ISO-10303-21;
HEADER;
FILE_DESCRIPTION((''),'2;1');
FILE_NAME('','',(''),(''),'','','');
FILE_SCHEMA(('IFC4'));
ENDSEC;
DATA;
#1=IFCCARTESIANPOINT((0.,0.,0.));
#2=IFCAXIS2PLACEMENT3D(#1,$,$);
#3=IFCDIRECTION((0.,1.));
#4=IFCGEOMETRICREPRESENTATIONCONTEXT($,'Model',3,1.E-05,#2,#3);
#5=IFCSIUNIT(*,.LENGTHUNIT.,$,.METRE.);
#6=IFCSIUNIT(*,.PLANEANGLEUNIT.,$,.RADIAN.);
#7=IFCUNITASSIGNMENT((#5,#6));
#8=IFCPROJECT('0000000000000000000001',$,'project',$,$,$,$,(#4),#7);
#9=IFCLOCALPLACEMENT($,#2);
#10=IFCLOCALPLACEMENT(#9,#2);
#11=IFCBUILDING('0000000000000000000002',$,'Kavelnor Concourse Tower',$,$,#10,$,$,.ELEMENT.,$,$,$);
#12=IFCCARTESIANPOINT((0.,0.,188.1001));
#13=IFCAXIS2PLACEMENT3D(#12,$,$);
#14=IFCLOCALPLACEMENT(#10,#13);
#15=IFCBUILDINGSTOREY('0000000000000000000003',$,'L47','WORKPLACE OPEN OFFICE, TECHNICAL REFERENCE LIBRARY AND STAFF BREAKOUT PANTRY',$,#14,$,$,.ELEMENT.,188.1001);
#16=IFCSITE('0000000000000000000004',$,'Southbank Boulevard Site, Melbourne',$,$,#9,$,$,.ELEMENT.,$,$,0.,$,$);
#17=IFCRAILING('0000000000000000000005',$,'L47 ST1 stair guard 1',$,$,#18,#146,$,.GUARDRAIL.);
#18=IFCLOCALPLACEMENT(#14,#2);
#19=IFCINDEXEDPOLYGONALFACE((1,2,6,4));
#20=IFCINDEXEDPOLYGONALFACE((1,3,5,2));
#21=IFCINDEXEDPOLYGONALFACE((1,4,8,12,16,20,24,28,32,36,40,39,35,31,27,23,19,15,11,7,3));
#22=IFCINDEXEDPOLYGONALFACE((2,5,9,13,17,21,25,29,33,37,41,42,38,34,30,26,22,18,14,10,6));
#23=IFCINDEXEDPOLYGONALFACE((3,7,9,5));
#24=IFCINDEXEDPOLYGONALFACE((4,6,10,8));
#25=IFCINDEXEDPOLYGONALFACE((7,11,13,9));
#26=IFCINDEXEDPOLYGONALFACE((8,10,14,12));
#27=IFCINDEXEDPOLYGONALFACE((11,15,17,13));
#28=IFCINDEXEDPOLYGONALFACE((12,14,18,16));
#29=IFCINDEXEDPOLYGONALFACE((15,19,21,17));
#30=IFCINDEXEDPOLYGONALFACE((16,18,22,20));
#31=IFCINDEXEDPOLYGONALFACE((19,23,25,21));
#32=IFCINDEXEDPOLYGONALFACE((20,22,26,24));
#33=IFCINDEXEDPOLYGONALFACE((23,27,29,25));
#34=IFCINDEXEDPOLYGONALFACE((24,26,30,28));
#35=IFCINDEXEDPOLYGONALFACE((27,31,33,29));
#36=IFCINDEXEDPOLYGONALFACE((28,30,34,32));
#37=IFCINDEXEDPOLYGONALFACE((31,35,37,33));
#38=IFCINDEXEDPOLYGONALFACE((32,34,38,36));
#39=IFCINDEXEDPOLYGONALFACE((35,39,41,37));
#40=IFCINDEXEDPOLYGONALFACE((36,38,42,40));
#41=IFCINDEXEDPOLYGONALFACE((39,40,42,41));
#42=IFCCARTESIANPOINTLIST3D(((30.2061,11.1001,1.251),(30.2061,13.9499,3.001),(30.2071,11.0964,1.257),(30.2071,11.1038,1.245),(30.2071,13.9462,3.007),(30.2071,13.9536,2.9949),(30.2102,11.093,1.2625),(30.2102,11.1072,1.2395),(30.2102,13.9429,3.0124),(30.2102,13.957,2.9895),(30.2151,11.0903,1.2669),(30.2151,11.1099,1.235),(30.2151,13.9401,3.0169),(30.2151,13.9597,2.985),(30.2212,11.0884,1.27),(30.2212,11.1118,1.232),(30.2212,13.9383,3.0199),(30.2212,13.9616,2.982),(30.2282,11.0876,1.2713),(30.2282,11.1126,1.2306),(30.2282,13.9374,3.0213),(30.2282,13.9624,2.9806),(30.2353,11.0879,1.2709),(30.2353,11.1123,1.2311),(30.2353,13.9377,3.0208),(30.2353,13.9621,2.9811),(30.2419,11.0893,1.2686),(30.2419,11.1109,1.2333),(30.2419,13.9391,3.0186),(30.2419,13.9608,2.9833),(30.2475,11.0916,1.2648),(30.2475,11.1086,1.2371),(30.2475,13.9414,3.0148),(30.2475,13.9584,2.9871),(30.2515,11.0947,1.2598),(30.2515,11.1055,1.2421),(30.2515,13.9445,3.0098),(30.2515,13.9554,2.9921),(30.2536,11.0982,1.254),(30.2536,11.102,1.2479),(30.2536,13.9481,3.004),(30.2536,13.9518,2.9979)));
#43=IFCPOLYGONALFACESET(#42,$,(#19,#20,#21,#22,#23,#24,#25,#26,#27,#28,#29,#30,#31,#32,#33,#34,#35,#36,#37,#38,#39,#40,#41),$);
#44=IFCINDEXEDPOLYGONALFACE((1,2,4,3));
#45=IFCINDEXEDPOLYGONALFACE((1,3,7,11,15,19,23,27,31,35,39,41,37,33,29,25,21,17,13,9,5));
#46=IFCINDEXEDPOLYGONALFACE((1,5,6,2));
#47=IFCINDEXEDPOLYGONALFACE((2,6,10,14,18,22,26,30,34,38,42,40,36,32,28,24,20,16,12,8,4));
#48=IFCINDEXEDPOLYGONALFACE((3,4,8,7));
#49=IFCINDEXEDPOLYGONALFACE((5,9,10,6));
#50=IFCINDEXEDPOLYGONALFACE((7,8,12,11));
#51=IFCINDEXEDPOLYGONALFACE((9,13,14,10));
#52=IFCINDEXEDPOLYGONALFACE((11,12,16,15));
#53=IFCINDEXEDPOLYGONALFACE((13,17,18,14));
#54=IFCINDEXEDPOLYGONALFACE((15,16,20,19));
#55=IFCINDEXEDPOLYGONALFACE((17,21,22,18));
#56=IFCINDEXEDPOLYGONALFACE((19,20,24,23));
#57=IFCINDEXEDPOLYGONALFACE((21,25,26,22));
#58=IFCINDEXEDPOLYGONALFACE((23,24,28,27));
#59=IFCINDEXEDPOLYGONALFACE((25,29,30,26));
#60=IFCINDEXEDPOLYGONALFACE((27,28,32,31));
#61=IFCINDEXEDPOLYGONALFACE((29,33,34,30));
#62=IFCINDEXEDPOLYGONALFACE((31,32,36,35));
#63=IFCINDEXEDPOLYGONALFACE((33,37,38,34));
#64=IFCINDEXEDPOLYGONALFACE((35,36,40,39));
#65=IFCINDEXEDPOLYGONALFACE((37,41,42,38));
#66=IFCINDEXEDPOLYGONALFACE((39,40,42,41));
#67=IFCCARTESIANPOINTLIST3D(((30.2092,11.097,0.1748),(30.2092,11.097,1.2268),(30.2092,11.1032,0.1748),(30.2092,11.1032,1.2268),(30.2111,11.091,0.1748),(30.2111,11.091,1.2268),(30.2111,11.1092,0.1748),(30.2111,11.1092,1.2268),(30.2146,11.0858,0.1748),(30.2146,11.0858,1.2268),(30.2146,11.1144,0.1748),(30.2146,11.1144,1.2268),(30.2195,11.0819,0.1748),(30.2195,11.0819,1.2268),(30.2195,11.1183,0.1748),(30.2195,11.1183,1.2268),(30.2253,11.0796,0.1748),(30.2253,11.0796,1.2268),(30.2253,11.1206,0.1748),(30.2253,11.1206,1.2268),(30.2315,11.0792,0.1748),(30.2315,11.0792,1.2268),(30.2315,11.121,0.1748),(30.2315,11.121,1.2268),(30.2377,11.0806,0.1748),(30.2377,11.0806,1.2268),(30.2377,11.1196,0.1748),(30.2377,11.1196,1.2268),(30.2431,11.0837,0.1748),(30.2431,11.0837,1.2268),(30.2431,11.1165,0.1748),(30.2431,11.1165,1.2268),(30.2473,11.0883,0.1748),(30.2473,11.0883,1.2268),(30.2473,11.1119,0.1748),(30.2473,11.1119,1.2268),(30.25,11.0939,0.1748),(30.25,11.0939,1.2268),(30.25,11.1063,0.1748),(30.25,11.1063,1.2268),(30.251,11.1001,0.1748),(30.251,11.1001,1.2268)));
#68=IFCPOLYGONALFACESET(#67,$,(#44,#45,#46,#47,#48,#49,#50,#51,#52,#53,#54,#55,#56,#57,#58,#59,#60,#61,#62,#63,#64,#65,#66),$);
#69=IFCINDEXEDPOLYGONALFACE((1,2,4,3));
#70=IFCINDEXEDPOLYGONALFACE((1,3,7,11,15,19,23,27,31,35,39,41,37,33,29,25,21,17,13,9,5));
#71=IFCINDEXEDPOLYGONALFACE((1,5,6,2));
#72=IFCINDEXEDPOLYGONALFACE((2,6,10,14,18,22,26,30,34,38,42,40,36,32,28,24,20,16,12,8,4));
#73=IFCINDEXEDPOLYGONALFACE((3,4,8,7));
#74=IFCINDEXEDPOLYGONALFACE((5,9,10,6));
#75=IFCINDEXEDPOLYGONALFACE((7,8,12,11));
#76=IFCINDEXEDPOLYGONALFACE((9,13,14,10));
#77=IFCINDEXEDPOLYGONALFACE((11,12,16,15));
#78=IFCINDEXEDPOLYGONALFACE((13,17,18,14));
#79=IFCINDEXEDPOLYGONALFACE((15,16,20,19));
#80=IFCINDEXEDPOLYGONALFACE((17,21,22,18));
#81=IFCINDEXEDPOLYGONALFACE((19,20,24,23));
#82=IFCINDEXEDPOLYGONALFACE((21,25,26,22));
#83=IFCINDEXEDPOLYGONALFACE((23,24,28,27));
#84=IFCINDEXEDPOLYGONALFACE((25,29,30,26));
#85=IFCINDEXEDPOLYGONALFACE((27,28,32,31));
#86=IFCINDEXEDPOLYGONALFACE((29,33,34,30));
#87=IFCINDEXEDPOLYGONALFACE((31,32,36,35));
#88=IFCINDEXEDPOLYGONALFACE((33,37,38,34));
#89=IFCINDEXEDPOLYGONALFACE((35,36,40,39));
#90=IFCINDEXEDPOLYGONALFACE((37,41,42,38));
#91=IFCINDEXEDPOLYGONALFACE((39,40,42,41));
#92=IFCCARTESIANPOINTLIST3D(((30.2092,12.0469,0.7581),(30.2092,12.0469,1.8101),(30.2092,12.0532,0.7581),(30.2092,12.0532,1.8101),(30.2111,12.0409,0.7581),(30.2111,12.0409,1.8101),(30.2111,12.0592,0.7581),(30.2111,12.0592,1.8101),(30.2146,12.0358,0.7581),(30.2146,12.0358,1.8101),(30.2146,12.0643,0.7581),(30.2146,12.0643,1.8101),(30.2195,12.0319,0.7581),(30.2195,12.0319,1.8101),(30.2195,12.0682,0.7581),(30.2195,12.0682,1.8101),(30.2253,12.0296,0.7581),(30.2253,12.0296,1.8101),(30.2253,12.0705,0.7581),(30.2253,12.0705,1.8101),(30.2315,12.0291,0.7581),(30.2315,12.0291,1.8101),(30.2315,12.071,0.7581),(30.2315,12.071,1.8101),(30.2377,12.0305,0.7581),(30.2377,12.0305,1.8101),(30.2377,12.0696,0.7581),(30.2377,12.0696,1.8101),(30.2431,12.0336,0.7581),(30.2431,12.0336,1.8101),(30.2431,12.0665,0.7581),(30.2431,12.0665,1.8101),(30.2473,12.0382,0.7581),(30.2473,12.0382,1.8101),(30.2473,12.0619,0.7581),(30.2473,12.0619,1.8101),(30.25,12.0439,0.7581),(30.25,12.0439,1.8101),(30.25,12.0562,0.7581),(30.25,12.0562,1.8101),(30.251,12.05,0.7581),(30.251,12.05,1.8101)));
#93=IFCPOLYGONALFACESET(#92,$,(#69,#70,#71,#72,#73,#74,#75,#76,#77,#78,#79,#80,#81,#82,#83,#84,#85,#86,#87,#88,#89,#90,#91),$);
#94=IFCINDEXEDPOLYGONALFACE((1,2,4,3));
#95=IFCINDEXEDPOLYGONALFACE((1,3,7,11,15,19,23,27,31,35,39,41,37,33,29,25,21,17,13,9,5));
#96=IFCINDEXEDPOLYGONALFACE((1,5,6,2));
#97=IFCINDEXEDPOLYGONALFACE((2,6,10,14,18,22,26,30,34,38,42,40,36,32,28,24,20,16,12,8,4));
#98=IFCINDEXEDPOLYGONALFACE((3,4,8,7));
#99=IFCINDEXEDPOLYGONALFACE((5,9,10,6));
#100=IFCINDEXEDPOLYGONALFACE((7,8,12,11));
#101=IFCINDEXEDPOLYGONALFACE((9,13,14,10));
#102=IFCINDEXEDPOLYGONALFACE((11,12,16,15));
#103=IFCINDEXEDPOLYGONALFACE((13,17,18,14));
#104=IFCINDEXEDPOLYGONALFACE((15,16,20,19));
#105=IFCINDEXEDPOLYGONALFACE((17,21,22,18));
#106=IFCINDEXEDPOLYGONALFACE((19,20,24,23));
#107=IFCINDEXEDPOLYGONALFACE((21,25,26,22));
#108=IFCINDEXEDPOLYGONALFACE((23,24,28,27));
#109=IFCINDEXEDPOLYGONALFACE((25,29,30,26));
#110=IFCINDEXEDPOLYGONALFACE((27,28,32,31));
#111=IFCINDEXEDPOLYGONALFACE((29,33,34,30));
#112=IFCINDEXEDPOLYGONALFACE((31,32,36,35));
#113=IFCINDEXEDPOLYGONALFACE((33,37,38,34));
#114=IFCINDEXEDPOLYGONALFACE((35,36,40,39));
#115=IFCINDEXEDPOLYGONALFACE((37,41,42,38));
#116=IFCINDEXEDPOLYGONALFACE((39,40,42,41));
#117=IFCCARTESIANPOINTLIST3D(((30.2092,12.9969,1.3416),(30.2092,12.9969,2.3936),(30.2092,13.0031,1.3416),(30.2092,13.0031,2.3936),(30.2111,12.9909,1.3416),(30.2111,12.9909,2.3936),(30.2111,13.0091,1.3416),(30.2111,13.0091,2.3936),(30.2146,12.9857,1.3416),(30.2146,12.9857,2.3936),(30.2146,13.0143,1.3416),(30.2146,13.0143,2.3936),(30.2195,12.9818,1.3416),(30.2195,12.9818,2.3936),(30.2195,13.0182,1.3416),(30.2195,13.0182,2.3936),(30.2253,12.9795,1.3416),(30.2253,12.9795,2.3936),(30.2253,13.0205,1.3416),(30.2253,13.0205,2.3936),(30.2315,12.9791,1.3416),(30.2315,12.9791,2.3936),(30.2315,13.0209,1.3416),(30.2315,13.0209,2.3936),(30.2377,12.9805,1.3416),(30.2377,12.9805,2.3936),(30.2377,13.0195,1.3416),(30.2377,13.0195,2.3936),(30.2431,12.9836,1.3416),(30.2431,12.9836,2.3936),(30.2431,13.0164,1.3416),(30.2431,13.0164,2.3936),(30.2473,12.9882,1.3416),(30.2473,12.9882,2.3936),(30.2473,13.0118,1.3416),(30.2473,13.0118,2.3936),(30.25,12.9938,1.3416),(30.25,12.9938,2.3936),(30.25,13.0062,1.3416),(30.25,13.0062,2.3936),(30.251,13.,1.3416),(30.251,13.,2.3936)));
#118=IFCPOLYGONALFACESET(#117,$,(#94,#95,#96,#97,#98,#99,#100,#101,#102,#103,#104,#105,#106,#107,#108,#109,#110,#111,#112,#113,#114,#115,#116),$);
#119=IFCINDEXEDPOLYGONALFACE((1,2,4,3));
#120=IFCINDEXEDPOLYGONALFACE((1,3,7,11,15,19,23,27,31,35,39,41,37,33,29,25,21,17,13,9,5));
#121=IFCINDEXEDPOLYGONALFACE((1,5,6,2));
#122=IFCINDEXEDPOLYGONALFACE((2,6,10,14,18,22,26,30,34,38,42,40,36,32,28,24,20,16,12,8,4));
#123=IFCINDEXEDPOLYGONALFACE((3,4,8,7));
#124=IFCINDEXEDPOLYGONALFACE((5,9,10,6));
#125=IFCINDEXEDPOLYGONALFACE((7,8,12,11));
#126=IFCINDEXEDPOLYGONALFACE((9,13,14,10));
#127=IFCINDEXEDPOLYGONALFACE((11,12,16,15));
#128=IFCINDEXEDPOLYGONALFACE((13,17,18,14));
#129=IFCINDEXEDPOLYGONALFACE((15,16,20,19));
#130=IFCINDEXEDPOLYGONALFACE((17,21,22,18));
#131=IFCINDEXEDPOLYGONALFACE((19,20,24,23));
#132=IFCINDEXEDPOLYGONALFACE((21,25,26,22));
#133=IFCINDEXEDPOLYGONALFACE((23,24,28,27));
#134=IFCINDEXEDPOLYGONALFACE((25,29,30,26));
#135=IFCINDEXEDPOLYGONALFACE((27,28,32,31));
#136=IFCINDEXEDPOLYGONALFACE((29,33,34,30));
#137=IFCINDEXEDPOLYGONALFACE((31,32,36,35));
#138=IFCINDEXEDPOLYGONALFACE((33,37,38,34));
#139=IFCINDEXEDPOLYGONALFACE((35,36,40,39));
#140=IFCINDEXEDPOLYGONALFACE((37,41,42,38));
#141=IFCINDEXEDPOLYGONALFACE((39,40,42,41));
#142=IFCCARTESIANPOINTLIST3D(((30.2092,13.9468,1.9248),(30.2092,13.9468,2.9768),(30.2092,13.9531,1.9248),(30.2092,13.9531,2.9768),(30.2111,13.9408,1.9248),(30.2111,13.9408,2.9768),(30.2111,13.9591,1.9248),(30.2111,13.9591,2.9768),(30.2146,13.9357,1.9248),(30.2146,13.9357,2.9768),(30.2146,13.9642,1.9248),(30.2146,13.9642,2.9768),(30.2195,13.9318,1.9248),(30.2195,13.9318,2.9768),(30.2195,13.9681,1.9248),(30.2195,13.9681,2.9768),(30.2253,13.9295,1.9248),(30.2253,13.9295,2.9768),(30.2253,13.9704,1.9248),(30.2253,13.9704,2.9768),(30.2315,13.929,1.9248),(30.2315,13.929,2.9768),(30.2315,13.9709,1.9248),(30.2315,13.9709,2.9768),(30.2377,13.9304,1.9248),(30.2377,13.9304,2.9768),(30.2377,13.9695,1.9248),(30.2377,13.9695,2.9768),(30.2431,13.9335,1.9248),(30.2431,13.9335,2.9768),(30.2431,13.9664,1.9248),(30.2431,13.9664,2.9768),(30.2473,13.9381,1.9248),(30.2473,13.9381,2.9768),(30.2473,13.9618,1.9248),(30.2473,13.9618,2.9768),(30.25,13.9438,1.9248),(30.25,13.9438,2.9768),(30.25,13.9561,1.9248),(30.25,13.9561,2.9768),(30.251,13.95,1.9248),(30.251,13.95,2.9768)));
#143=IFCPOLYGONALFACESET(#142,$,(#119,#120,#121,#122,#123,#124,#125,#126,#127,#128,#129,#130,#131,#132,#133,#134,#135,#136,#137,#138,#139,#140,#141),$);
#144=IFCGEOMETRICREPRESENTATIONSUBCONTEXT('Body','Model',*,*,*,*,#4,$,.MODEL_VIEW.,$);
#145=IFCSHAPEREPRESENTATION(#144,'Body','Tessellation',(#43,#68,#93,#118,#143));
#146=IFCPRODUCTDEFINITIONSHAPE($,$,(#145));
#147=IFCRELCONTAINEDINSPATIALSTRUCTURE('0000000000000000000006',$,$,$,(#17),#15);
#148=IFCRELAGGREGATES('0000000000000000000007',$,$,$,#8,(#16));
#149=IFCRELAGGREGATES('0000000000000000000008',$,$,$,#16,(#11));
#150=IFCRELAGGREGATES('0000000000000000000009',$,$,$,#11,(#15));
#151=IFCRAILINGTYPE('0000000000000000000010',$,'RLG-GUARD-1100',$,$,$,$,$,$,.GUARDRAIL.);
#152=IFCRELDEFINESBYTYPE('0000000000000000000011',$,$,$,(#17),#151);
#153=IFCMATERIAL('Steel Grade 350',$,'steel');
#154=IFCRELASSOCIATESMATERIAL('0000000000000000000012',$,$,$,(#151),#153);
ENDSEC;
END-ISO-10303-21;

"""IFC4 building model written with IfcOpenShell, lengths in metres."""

from ifc_helpers import new_model, si_unit, direction, frame, origin, origin_2d, place, context, subcontext, project, spatial, circle, extrude, material, type_object, element, save


model = new_model("IFC4")

# Units and contexts
model_context = context("Model", 3, precision=1e-05, world=origin(), true_north=direction((0.0, 1.0)))
body_context = subcontext(model_context, "Body", "Model", "MODEL_VIEW")
ifc_project = project(units=[si_unit("LENGTHUNIT", "METRE"), si_unit("PLANEANGLEUNIT", "RADIAN")], contexts=[model_context])

# Site, building, storey
site_placement = place(None, origin())
site = spatial("IfcSite", under=ifc_project, at=site_placement, Name="Southbank Boulevard Site, Melbourne", CompositionType="ELEMENT", RefElevation=0.0)
building_placement = place(site_placement, origin())
building = spatial("IfcBuilding", under=site, at=building_placement, Name="Kavelnor Concourse Tower", CompositionType="ELEMENT")
storey_placement = place(building_placement, frame((0.0, 0.0, 188.1001)))
storey = spatial("IfcBuildingStorey", under=building, at=storey_placement, Name="L47", Description="WORKPLACE OPEN OFFICE, TECHNICAL REFERENCE LIBRARY AND STAFF BREAKOUT PANTRY", CompositionType="ELEMENT", Elevation=188.1001)

# Shared definitions
ifc_material_1 = material(Name="Steel Grade 350", Category="steel")

# Railing
railing_type_1 = type_object("IfcRailingType", Name="RLG-GUARD-1100", PredefinedType="GUARDRAIL", material=ifc_material_1)
railing_1_placement = place(storey_placement, frame((30.23, 11.1001, 0.1748)))
element("IfcRailing", 1, at=railing_1_placement, inside=storey, type_object=railing_type_1, Name="L47 ST1 stair guard 1", PredefinedType="GUARDRAIL", context=body_context, shape_type="SweptSolid", body=[
    extrude(circle(Radius=0.0239, at=origin_2d()), frame((0.0, 0.0, 1.0762), z_axis=(0.0, 0.852159, 0.523283), x_axis=(-1.0, 0.0, 0.0)), (0.0, 0.0, 1.0), 3.3442),
    extrude(circle(Radius=0.021, at=origin_2d()), origin(), (0.0, 0.0, 1.0), 1.052),
    extrude(circle(Radius=0.021, at=origin_2d()), frame((0.0, 0.95, 0.5833)), (0.0, 0.0, 1.0), 1.052),
    extrude(circle(Radius=0.021, at=origin_2d()), frame((0.0, 1.8999, 1.1667)), (0.0, 0.0, 1.0), 1.052),
    extrude(circle(Radius=0.021, at=origin_2d()), frame((0.0, 2.8499, 1.75)), (0.0, 0.0, 1.0), 1.052),
])

save(model, "model.ifc")
